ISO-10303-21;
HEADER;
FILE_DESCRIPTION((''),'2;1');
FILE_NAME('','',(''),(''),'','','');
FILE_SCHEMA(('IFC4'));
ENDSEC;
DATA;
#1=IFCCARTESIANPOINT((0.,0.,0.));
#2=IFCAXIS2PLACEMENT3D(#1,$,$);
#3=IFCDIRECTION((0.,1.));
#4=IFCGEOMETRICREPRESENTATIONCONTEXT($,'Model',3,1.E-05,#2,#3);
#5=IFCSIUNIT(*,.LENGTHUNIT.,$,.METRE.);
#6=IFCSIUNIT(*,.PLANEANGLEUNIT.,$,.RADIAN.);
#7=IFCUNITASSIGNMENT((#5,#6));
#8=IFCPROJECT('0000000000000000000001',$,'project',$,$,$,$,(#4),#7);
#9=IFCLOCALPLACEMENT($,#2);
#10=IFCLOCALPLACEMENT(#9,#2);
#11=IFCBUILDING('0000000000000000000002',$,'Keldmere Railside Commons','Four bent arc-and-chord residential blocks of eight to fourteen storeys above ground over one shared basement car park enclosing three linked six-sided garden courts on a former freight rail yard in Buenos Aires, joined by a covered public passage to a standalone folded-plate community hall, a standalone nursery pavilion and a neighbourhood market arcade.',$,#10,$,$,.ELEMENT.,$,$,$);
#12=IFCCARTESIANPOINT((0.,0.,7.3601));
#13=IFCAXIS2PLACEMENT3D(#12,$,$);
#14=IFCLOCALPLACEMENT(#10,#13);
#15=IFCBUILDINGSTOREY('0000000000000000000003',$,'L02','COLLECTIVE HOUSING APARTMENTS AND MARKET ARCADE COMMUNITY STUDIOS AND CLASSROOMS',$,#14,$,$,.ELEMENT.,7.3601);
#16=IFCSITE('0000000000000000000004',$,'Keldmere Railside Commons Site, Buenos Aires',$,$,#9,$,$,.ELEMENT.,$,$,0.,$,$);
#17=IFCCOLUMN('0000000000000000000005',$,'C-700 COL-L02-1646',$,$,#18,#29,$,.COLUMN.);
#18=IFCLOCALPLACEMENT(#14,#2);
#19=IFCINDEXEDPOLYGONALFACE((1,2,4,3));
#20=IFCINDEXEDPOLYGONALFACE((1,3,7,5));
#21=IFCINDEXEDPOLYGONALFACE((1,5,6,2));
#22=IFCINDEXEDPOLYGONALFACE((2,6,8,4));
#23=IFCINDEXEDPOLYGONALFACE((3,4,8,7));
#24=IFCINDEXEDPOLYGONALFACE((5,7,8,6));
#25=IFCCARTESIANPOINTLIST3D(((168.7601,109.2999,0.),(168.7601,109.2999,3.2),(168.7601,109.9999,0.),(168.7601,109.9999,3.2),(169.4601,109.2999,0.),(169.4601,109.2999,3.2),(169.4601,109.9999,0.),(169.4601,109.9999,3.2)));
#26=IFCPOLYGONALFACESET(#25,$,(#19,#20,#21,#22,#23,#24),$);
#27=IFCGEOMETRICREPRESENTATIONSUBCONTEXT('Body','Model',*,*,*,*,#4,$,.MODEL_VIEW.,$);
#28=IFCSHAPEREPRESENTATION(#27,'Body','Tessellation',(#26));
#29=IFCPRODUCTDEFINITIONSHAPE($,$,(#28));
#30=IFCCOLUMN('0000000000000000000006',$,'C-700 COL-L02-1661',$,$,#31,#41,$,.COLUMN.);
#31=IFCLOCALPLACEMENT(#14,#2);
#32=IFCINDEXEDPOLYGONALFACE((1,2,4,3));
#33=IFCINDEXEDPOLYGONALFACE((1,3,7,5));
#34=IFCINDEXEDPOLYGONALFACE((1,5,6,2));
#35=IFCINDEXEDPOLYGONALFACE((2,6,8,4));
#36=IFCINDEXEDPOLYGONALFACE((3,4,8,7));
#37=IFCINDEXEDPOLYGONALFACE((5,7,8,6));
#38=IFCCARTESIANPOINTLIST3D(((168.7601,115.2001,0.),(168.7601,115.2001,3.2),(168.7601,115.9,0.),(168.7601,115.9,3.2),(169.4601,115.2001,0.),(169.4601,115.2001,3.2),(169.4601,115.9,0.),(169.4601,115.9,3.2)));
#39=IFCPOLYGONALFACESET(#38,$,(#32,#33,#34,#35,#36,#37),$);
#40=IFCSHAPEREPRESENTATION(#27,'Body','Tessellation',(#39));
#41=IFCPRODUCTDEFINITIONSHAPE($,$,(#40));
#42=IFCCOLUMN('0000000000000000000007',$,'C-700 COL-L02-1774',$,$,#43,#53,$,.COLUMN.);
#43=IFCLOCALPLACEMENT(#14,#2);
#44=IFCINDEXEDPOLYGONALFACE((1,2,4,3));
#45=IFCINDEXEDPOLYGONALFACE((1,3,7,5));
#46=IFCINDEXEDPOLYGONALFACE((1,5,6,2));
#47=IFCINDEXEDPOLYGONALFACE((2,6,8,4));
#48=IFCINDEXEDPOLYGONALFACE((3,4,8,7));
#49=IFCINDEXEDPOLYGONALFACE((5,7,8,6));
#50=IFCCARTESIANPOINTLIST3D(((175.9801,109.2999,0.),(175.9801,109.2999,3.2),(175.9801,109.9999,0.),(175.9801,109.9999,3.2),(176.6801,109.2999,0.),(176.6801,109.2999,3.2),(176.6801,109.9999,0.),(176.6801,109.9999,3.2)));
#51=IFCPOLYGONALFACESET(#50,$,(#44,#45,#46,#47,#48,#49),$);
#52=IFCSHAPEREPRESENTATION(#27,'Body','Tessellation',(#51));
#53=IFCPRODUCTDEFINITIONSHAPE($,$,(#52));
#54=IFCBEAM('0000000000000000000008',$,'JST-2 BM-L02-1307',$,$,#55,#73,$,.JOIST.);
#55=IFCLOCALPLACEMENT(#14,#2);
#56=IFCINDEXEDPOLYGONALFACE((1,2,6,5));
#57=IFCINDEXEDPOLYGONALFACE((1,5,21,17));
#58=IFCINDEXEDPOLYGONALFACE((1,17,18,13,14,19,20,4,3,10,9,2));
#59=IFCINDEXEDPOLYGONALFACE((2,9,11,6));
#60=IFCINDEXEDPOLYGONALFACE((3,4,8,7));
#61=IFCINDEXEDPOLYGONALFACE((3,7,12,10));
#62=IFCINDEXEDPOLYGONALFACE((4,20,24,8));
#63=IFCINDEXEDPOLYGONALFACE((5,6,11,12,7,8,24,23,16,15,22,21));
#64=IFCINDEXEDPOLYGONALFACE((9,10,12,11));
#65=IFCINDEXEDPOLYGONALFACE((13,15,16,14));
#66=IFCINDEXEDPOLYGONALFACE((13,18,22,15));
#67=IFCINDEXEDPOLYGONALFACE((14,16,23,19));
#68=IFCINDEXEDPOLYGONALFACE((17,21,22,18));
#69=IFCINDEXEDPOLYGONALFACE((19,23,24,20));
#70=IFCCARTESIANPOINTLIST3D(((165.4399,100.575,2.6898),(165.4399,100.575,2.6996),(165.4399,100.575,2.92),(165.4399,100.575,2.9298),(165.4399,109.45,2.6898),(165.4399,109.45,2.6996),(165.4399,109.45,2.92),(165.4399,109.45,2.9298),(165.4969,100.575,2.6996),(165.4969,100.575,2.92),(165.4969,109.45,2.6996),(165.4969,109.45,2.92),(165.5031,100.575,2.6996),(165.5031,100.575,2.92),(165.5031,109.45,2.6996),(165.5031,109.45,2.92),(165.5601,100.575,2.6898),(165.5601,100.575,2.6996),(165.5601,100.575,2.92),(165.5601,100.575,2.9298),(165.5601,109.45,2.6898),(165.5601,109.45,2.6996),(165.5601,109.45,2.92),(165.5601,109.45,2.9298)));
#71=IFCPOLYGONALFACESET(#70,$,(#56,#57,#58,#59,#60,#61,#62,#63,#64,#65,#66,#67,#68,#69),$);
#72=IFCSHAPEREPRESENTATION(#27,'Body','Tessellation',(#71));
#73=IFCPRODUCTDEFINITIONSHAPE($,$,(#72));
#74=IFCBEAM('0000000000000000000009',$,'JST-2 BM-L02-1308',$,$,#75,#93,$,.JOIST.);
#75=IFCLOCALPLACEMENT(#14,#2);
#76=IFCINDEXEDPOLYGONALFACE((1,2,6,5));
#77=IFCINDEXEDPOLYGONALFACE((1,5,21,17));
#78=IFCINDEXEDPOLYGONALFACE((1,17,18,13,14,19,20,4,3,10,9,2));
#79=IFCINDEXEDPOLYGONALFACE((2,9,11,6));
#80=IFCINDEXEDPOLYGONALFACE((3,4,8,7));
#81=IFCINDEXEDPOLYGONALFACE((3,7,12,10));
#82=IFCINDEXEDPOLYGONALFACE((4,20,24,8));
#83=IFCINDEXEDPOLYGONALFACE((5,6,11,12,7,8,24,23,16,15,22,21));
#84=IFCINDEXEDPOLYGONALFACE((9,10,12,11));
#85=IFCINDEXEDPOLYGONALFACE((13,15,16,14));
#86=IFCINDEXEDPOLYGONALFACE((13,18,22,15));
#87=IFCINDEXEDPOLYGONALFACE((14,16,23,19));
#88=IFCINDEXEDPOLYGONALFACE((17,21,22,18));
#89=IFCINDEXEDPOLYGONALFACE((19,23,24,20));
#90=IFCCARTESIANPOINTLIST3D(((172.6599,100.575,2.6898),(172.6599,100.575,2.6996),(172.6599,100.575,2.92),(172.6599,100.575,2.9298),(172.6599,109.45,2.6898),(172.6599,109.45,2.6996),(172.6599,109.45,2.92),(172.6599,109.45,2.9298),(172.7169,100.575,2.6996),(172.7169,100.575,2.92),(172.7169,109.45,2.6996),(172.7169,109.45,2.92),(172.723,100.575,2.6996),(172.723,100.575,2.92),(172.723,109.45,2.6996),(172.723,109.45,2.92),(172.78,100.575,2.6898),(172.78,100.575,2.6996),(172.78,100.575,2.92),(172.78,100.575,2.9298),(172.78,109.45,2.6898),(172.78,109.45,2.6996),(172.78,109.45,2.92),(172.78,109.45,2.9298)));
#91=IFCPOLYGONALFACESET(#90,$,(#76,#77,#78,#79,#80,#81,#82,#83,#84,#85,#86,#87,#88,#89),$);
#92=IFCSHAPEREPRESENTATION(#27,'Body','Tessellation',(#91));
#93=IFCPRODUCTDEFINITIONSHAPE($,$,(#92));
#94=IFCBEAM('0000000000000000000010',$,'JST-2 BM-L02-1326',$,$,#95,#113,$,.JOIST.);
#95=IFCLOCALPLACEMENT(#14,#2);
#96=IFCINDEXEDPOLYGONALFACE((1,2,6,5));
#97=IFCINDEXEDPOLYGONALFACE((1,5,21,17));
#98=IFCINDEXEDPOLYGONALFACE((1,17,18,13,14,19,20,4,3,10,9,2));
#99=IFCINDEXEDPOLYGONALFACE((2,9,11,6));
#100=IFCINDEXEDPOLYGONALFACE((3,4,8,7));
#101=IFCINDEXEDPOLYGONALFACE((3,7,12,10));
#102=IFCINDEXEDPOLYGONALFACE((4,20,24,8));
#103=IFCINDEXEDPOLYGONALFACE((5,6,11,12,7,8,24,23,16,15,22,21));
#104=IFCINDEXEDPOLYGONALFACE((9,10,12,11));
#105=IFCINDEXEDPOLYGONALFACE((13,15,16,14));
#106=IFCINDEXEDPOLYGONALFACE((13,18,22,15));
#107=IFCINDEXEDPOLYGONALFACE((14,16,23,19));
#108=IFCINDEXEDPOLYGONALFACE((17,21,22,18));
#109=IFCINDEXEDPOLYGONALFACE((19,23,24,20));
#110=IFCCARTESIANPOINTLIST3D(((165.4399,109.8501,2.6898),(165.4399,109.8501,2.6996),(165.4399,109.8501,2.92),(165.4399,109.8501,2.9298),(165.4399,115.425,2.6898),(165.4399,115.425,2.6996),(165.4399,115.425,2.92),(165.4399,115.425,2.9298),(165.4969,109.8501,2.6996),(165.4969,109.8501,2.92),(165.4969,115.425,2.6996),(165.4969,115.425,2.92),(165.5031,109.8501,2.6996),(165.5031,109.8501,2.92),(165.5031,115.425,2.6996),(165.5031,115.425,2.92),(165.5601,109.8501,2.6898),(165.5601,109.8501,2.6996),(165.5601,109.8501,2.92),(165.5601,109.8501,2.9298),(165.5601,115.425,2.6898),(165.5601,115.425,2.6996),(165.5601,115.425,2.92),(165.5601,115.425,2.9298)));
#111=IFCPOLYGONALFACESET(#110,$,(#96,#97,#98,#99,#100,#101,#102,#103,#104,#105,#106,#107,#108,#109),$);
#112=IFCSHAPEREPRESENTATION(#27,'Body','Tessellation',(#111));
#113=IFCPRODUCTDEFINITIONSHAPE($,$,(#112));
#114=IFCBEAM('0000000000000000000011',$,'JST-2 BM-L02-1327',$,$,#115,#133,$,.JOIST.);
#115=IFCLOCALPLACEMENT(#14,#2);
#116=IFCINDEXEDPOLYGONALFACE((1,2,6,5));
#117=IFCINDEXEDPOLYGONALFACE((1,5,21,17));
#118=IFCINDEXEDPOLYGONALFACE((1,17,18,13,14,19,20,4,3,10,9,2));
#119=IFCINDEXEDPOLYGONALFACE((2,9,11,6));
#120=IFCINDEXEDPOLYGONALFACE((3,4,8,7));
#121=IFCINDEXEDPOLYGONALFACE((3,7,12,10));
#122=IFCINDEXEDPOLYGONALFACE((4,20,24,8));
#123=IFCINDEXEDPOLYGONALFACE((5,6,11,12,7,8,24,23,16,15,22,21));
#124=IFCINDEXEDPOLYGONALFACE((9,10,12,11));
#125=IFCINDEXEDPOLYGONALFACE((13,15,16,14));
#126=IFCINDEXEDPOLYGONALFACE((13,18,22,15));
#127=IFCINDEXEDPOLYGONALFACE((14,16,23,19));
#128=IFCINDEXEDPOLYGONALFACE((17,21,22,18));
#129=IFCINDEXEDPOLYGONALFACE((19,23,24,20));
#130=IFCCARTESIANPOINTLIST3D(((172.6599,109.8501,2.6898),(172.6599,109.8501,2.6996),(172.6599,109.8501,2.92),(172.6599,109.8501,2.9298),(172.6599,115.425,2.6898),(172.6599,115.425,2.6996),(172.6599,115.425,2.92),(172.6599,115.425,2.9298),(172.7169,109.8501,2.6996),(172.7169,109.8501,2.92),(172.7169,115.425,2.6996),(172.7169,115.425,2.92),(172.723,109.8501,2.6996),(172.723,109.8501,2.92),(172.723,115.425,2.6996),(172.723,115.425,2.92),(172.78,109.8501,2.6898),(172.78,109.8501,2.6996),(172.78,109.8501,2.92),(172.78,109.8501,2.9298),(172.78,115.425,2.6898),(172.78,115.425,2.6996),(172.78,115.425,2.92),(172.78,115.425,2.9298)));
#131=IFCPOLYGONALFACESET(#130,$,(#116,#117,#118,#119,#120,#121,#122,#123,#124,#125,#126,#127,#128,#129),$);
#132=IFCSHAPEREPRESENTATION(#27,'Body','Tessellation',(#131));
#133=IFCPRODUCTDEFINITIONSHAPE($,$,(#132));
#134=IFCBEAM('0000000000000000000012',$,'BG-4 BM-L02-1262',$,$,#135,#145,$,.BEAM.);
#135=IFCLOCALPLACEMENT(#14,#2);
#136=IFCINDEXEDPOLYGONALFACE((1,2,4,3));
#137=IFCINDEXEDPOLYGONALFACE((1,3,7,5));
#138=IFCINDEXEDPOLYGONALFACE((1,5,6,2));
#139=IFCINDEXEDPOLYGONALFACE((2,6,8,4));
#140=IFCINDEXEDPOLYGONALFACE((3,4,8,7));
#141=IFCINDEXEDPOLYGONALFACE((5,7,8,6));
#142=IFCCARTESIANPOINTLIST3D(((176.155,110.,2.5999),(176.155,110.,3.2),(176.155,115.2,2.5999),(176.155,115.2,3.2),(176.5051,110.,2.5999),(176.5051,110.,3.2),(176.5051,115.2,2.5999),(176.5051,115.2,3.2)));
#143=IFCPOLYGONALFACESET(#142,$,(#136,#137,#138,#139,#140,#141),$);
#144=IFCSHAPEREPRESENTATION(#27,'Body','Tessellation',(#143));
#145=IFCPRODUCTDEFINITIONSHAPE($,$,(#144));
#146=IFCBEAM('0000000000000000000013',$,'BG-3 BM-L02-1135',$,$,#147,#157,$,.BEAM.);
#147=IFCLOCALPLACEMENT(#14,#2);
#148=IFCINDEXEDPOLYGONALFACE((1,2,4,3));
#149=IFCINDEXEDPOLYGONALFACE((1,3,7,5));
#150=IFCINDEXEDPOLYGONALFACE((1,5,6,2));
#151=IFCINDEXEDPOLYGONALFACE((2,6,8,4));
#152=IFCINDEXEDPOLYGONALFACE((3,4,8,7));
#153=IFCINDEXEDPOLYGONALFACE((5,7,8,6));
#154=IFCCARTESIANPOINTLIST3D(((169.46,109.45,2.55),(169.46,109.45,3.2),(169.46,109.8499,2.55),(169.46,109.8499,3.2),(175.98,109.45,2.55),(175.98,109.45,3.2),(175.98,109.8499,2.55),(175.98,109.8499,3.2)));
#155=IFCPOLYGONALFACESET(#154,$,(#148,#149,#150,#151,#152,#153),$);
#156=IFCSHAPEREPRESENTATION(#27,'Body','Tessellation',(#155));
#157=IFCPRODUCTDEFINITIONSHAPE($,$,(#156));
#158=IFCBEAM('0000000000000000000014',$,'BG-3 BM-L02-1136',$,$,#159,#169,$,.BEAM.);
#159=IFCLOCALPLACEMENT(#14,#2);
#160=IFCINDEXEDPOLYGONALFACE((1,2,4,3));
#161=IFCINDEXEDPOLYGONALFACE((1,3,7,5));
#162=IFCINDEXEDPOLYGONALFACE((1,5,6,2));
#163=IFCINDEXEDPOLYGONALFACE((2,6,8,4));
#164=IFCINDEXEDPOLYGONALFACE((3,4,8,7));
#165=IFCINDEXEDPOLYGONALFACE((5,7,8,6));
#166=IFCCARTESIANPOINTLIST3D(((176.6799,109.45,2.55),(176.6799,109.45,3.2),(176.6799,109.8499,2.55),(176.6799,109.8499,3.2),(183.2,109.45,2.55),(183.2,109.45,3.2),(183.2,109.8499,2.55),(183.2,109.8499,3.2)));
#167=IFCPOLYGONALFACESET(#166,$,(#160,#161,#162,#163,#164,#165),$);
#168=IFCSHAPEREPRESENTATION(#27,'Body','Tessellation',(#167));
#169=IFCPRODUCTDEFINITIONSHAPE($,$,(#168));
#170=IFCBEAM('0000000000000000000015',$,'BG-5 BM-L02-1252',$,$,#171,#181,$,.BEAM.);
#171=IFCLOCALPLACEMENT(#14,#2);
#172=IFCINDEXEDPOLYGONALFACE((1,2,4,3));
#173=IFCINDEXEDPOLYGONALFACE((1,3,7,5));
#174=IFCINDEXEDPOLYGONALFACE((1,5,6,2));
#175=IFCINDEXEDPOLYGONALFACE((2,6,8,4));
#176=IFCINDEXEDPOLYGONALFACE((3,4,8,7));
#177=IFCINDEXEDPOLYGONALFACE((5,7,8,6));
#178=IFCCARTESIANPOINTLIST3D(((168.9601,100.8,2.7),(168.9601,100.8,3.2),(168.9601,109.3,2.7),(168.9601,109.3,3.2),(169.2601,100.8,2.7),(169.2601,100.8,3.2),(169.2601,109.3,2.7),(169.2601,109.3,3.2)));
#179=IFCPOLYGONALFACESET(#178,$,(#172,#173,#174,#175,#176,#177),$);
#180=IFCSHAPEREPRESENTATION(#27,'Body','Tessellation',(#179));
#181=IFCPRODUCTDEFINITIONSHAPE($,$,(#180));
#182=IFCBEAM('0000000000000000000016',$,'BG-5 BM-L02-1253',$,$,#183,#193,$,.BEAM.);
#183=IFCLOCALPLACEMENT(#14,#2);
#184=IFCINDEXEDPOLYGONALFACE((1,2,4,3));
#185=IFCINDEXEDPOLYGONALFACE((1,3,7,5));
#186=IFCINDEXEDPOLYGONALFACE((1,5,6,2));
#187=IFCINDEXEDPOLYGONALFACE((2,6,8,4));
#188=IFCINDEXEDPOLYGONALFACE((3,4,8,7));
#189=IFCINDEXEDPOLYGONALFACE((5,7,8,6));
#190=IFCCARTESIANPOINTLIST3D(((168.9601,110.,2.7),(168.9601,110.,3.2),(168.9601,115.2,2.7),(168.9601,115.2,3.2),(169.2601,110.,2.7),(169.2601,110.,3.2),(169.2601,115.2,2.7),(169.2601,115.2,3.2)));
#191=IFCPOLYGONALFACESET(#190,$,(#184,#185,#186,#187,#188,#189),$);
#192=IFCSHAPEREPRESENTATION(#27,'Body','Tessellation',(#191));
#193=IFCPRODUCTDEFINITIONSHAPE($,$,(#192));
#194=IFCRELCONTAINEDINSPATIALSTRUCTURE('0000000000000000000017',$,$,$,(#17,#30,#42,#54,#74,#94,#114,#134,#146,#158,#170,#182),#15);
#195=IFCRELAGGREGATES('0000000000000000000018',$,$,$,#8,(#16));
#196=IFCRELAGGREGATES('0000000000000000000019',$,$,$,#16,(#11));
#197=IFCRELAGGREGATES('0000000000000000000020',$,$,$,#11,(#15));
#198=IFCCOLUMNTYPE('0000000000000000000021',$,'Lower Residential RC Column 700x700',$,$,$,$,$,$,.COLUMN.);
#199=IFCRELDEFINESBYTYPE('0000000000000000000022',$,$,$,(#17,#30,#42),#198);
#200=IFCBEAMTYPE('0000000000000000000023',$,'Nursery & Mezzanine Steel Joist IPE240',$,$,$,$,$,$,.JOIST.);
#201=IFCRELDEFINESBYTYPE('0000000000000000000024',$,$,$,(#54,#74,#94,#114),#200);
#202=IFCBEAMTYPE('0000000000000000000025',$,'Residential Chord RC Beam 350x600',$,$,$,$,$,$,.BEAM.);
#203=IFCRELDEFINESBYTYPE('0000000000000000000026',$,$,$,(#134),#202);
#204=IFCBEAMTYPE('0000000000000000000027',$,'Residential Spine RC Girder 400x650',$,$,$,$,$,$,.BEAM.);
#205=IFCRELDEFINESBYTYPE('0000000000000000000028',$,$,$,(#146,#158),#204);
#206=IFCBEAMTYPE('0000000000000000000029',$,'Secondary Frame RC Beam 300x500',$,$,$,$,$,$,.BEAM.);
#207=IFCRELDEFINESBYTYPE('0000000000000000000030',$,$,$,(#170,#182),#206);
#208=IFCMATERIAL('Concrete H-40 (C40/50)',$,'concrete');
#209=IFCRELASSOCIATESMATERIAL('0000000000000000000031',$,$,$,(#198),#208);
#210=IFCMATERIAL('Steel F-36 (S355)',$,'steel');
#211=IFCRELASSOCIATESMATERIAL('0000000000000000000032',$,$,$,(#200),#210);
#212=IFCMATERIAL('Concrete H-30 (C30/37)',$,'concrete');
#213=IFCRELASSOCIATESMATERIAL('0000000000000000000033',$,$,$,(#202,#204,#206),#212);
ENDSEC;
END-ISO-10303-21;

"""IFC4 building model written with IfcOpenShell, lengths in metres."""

from ifc_helpers import new_model, si_unit, direction, frame, origin, origin_2d, place, context, subcontext, project, spatial, rectangle, i_section, extrude, material, material_profile, profile_set, type_object, element, save


model = new_model("IFC4")

# Units and contexts
model_context = context("Model", 3, precision=1e-05, world=origin(), true_north=direction((0.0, 1.0)))
body_context = subcontext(model_context, "Body", "Model", "MODEL_VIEW")
ifc_project = project(units=[si_unit("LENGTHUNIT", "METRE"), si_unit("PLANEANGLEUNIT", "RADIAN")], contexts=[model_context])

# Site, building, storey
site_placement = place(None, origin())
site = spatial("IfcSite", under=ifc_project, at=site_placement, Name="Keldmere Railside Commons Site, Buenos Aires", CompositionType="ELEMENT", RefElevation=0.0)
building_placement = place(site_placement, origin())
building = spatial("IfcBuilding", under=site, at=building_placement, Name="Keldmere Railside Commons", Description="Four bent arc-and-chord residential blocks of eight to fourteen storeys above ground over one shared basement car park enclosing three linked six-sided garden courts on a former freight rail yard in Buenos Aires, joined by a covered public passage to a standalone folded-plate community hall, a standalone nursery pavilion and a neighbourhood market arcade.", CompositionType="ELEMENT")
storey_placement = place(building_placement, frame((0.0, 0.0, 7.3601)))
storey = spatial("IfcBuildingStorey", under=building, at=storey_placement, Name="L02", Description="COLLECTIVE HOUSING APARTMENTS AND MARKET ARCADE COMMUNITY STUDIOS AND CLASSROOMS", CompositionType="ELEMENT", Elevation=7.3601)

# Columns
ifc_material_1 = material(Name="Concrete H-40 (C40/50)", Category="concrete")
ifc_material_profile_1 = material_profile(ifc_material_1, rectangle(XDim=0.7, YDim=0.7, at=origin_2d()), Name="RC-700x700")
ifc_profile_set_1 = profile_set([ifc_material_profile_1], Name="Concrete H-40 (C40/50)")
column_type = type_object("IfcColumnType", Name="Lower Residential RC Column 700x700", PredefinedType="COLUMN", material=ifc_profile_set_1)
for number, where, z_axis, x_axis, name in (
    (1, (169.1101, 109.6499, 0.0), (0.0, 0.0, 1.0), (1.0, 0.0, 0.0), "C-700 COL-L02-1646"),
    (2, (169.1101, 115.55, 0.0), (0.0, 0.0, 1.0), (1.0, 0.0, 0.0), "C-700 COL-L02-1661"),
    (3, (176.3301, 109.6499, 0.0), (0.0, 0.0, 1.0), (1.0, 0.0, 0.0), "C-700 COL-L02-1774"),
):
    element("IfcColumn", number, at=place(storey_placement, frame(where, z_axis=z_axis, x_axis=x_axis)), inside=storey, type_object=column_type, Name=name, PredefinedType="COLUMN", context=body_context, shape_type="SweptSolid", body=[
        extrude(rectangle(XDim=0.7, YDim=0.7, at=origin_2d()), origin(), (0.0, 0.0, 1.0), 3.2),
    ])

# Beams
ifc_material_2 = material(Name="Steel F-36 (S355)", Category="steel")
ifc_material_profile_2 = material_profile(ifc_material_2, i_section(OverallWidth=0.1201, OverallDepth=0.24, WebThickness=0.0061, FlangeThickness=0.0098, at=origin_2d()), Name="IPE-240")
ifc_profile_set_2 = profile_set([ifc_material_profile_2], Name="Steel F-36 (S355)")
beam_type_1 = type_object("IfcBeamType", Name="Nursery & Mezzanine Steel Joist IPE240", PredefinedType="JOIST", material=ifc_profile_set_2)
for number, where, z_axis, x_axis, name in (
    (4, (165.5, 100.575, 2.8098), (0.0, 1.0, 0.0), (-1.0, 0.0, 0.0), "JST-2 BM-L02-1307"),
    (5, (172.72, 100.575, 2.8098), (0.0, 1.0, 0.0), (-1.0, 0.0, 0.0), "JST-2 BM-L02-1308"),
):
    element("IfcBeam", number, at=place(storey_placement, frame(where, z_axis=z_axis, x_axis=x_axis)), inside=storey, type_object=beam_type_1, Name=name, PredefinedType="JOIST", context=body_context, shape_type="SweptSolid", body=[
        extrude(i_section(OverallWidth=0.1201, OverallDepth=0.24, WebThickness=0.0061, FlangeThickness=0.0098, at=origin_2d()), origin(), (0.0, 0.0, 1.0), 8.875),
    ])
for number, where, z_axis, x_axis, name in (
    (6, (165.5, 109.8501, 2.8098), (0.0, 1.0, 0.0), (-1.0, 0.0, 0.0), "JST-2 BM-L02-1326"),
    (7, (172.72, 109.8501, 2.8098), (0.0, 1.0, 0.0), (-1.0, 0.0, 0.0), "JST-2 BM-L02-1327"),
):
    element("IfcBeam", number, at=place(storey_placement, frame(where, z_axis=z_axis, x_axis=x_axis)), inside=storey, type_object=beam_type_1, Name=name, PredefinedType="JOIST", context=body_context, shape_type="SweptSolid", body=[
        extrude(i_section(OverallWidth=0.1201, OverallDepth=0.24, WebThickness=0.0061, FlangeThickness=0.0098, at=origin_2d()), origin(), (0.0, 0.0, 1.0), 5.575),
    ])
ifc_material_3 = material(Name="Concrete H-30 (C30/37)", Category="concrete")
ifc_material_profile_3 = material_profile(ifc_material_3, rectangle(XDim=0.3501, YDim=0.6001, at=origin_2d()), Name="RC-350x600")
ifc_profile_set_3 = profile_set([ifc_material_profile_3], Name="Concrete H-30 (C30/37)")
beam_type_2 = type_object("IfcBeamType", Name="Residential Chord RC Beam 350x600", PredefinedType="BEAM", material=ifc_profile_set_3)
beam_1_placement = place(storey_placement, frame((176.3301, 110.0, 2.8999), z_axis=(0.0, 1.0, 0.0), x_axis=(-1.0, 0.0, 0.0)))
element("IfcBeam", 8, at=beam_1_placement, inside=storey, type_object=beam_type_2, Name="BG-4 BM-L02-1262", PredefinedType="BEAM", context=body_context, shape_type="SweptSolid", body=[
    extrude(rectangle(XDim=0.3501, YDim=0.6001, at=origin_2d()), origin(), (0.0, 0.0, 1.0), 5.2),
])
ifc_material_profile_4 = material_profile(ifc_material_3, rectangle(XDim=0.3999, YDim=0.6499, at=origin_2d()), Name="RC-400x650")
ifc_profile_set_4 = profile_set([ifc_material_profile_4], Name="Concrete H-30 (C30/37)")
beam_type_3 = type_object("IfcBeamType", Name="Residential Spine RC Girder 400x650", PredefinedType="BEAM", material=ifc_profile_set_4)
for number, where, z_axis, x_axis, name in (
    (9, (169.46, 109.6499, 2.875), (1.0, 0.0, 0.0), (0.0, 1.0, 0.0), "BG-3 BM-L02-1135"),
    (10, (176.6799, 109.6499, 2.875), (1.0, 0.0, 0.0), (0.0, 1.0, 0.0), "BG-3 BM-L02-1136"),
):
    element("IfcBeam", number, at=place(storey_placement, frame(where, z_axis=z_axis, x_axis=x_axis)), inside=storey, type_object=beam_type_3, Name=name, PredefinedType="BEAM", context=body_context, shape_type="SweptSolid", body=[
        extrude(rectangle(XDim=0.3999, YDim=0.6499, at=origin_2d()), origin(), (0.0, 0.0, 1.0), 6.52),
    ])
ifc_material_profile_5 = material_profile(ifc_material_3, rectangle(XDim=0.3, YDim=0.5, at=origin_2d()), Name="RC-300x500")
ifc_profile_set_5 = profile_set([ifc_material_profile_5], Name="Concrete H-30 (C30/37)")
beam_type_4 = type_object("IfcBeamType", Name="Secondary Frame RC Beam 300x500", PredefinedType="BEAM", material=ifc_profile_set_5)
beam_2_placement = place(storey_placement, frame((169.1101, 100.8, 2.95), z_axis=(0.0, 1.0, 0.0), x_axis=(-1.0, 0.0, 0.0)))
element("IfcBeam", 11, at=beam_2_placement, inside=storey, type_object=beam_type_4, Name="BG-5 BM-L02-1252", PredefinedType="BEAM", context=body_context, shape_type="SweptSolid", body=[
    extrude(rectangle(XDim=0.3, YDim=0.5, at=origin_2d()), origin(), (0.0, 0.0, 1.0), 8.5),
])
beam_3_placement = place(storey_placement, frame((169.1101, 110.0, 2.95), z_axis=(0.0, 1.0, 0.0), x_axis=(-1.0, 0.0, 0.0)))
element("IfcBeam", 12, at=beam_3_placement, inside=storey, type_object=beam_type_4, Name="BG-5 BM-L02-1253", PredefinedType="BEAM", context=body_context, shape_type="SweptSolid", body=[
    extrude(rectangle(XDim=0.3, YDim=0.5, at=origin_2d()), origin(), (0.0, 0.0, 1.0), 5.2),
])

save(model, "model.ifc")
